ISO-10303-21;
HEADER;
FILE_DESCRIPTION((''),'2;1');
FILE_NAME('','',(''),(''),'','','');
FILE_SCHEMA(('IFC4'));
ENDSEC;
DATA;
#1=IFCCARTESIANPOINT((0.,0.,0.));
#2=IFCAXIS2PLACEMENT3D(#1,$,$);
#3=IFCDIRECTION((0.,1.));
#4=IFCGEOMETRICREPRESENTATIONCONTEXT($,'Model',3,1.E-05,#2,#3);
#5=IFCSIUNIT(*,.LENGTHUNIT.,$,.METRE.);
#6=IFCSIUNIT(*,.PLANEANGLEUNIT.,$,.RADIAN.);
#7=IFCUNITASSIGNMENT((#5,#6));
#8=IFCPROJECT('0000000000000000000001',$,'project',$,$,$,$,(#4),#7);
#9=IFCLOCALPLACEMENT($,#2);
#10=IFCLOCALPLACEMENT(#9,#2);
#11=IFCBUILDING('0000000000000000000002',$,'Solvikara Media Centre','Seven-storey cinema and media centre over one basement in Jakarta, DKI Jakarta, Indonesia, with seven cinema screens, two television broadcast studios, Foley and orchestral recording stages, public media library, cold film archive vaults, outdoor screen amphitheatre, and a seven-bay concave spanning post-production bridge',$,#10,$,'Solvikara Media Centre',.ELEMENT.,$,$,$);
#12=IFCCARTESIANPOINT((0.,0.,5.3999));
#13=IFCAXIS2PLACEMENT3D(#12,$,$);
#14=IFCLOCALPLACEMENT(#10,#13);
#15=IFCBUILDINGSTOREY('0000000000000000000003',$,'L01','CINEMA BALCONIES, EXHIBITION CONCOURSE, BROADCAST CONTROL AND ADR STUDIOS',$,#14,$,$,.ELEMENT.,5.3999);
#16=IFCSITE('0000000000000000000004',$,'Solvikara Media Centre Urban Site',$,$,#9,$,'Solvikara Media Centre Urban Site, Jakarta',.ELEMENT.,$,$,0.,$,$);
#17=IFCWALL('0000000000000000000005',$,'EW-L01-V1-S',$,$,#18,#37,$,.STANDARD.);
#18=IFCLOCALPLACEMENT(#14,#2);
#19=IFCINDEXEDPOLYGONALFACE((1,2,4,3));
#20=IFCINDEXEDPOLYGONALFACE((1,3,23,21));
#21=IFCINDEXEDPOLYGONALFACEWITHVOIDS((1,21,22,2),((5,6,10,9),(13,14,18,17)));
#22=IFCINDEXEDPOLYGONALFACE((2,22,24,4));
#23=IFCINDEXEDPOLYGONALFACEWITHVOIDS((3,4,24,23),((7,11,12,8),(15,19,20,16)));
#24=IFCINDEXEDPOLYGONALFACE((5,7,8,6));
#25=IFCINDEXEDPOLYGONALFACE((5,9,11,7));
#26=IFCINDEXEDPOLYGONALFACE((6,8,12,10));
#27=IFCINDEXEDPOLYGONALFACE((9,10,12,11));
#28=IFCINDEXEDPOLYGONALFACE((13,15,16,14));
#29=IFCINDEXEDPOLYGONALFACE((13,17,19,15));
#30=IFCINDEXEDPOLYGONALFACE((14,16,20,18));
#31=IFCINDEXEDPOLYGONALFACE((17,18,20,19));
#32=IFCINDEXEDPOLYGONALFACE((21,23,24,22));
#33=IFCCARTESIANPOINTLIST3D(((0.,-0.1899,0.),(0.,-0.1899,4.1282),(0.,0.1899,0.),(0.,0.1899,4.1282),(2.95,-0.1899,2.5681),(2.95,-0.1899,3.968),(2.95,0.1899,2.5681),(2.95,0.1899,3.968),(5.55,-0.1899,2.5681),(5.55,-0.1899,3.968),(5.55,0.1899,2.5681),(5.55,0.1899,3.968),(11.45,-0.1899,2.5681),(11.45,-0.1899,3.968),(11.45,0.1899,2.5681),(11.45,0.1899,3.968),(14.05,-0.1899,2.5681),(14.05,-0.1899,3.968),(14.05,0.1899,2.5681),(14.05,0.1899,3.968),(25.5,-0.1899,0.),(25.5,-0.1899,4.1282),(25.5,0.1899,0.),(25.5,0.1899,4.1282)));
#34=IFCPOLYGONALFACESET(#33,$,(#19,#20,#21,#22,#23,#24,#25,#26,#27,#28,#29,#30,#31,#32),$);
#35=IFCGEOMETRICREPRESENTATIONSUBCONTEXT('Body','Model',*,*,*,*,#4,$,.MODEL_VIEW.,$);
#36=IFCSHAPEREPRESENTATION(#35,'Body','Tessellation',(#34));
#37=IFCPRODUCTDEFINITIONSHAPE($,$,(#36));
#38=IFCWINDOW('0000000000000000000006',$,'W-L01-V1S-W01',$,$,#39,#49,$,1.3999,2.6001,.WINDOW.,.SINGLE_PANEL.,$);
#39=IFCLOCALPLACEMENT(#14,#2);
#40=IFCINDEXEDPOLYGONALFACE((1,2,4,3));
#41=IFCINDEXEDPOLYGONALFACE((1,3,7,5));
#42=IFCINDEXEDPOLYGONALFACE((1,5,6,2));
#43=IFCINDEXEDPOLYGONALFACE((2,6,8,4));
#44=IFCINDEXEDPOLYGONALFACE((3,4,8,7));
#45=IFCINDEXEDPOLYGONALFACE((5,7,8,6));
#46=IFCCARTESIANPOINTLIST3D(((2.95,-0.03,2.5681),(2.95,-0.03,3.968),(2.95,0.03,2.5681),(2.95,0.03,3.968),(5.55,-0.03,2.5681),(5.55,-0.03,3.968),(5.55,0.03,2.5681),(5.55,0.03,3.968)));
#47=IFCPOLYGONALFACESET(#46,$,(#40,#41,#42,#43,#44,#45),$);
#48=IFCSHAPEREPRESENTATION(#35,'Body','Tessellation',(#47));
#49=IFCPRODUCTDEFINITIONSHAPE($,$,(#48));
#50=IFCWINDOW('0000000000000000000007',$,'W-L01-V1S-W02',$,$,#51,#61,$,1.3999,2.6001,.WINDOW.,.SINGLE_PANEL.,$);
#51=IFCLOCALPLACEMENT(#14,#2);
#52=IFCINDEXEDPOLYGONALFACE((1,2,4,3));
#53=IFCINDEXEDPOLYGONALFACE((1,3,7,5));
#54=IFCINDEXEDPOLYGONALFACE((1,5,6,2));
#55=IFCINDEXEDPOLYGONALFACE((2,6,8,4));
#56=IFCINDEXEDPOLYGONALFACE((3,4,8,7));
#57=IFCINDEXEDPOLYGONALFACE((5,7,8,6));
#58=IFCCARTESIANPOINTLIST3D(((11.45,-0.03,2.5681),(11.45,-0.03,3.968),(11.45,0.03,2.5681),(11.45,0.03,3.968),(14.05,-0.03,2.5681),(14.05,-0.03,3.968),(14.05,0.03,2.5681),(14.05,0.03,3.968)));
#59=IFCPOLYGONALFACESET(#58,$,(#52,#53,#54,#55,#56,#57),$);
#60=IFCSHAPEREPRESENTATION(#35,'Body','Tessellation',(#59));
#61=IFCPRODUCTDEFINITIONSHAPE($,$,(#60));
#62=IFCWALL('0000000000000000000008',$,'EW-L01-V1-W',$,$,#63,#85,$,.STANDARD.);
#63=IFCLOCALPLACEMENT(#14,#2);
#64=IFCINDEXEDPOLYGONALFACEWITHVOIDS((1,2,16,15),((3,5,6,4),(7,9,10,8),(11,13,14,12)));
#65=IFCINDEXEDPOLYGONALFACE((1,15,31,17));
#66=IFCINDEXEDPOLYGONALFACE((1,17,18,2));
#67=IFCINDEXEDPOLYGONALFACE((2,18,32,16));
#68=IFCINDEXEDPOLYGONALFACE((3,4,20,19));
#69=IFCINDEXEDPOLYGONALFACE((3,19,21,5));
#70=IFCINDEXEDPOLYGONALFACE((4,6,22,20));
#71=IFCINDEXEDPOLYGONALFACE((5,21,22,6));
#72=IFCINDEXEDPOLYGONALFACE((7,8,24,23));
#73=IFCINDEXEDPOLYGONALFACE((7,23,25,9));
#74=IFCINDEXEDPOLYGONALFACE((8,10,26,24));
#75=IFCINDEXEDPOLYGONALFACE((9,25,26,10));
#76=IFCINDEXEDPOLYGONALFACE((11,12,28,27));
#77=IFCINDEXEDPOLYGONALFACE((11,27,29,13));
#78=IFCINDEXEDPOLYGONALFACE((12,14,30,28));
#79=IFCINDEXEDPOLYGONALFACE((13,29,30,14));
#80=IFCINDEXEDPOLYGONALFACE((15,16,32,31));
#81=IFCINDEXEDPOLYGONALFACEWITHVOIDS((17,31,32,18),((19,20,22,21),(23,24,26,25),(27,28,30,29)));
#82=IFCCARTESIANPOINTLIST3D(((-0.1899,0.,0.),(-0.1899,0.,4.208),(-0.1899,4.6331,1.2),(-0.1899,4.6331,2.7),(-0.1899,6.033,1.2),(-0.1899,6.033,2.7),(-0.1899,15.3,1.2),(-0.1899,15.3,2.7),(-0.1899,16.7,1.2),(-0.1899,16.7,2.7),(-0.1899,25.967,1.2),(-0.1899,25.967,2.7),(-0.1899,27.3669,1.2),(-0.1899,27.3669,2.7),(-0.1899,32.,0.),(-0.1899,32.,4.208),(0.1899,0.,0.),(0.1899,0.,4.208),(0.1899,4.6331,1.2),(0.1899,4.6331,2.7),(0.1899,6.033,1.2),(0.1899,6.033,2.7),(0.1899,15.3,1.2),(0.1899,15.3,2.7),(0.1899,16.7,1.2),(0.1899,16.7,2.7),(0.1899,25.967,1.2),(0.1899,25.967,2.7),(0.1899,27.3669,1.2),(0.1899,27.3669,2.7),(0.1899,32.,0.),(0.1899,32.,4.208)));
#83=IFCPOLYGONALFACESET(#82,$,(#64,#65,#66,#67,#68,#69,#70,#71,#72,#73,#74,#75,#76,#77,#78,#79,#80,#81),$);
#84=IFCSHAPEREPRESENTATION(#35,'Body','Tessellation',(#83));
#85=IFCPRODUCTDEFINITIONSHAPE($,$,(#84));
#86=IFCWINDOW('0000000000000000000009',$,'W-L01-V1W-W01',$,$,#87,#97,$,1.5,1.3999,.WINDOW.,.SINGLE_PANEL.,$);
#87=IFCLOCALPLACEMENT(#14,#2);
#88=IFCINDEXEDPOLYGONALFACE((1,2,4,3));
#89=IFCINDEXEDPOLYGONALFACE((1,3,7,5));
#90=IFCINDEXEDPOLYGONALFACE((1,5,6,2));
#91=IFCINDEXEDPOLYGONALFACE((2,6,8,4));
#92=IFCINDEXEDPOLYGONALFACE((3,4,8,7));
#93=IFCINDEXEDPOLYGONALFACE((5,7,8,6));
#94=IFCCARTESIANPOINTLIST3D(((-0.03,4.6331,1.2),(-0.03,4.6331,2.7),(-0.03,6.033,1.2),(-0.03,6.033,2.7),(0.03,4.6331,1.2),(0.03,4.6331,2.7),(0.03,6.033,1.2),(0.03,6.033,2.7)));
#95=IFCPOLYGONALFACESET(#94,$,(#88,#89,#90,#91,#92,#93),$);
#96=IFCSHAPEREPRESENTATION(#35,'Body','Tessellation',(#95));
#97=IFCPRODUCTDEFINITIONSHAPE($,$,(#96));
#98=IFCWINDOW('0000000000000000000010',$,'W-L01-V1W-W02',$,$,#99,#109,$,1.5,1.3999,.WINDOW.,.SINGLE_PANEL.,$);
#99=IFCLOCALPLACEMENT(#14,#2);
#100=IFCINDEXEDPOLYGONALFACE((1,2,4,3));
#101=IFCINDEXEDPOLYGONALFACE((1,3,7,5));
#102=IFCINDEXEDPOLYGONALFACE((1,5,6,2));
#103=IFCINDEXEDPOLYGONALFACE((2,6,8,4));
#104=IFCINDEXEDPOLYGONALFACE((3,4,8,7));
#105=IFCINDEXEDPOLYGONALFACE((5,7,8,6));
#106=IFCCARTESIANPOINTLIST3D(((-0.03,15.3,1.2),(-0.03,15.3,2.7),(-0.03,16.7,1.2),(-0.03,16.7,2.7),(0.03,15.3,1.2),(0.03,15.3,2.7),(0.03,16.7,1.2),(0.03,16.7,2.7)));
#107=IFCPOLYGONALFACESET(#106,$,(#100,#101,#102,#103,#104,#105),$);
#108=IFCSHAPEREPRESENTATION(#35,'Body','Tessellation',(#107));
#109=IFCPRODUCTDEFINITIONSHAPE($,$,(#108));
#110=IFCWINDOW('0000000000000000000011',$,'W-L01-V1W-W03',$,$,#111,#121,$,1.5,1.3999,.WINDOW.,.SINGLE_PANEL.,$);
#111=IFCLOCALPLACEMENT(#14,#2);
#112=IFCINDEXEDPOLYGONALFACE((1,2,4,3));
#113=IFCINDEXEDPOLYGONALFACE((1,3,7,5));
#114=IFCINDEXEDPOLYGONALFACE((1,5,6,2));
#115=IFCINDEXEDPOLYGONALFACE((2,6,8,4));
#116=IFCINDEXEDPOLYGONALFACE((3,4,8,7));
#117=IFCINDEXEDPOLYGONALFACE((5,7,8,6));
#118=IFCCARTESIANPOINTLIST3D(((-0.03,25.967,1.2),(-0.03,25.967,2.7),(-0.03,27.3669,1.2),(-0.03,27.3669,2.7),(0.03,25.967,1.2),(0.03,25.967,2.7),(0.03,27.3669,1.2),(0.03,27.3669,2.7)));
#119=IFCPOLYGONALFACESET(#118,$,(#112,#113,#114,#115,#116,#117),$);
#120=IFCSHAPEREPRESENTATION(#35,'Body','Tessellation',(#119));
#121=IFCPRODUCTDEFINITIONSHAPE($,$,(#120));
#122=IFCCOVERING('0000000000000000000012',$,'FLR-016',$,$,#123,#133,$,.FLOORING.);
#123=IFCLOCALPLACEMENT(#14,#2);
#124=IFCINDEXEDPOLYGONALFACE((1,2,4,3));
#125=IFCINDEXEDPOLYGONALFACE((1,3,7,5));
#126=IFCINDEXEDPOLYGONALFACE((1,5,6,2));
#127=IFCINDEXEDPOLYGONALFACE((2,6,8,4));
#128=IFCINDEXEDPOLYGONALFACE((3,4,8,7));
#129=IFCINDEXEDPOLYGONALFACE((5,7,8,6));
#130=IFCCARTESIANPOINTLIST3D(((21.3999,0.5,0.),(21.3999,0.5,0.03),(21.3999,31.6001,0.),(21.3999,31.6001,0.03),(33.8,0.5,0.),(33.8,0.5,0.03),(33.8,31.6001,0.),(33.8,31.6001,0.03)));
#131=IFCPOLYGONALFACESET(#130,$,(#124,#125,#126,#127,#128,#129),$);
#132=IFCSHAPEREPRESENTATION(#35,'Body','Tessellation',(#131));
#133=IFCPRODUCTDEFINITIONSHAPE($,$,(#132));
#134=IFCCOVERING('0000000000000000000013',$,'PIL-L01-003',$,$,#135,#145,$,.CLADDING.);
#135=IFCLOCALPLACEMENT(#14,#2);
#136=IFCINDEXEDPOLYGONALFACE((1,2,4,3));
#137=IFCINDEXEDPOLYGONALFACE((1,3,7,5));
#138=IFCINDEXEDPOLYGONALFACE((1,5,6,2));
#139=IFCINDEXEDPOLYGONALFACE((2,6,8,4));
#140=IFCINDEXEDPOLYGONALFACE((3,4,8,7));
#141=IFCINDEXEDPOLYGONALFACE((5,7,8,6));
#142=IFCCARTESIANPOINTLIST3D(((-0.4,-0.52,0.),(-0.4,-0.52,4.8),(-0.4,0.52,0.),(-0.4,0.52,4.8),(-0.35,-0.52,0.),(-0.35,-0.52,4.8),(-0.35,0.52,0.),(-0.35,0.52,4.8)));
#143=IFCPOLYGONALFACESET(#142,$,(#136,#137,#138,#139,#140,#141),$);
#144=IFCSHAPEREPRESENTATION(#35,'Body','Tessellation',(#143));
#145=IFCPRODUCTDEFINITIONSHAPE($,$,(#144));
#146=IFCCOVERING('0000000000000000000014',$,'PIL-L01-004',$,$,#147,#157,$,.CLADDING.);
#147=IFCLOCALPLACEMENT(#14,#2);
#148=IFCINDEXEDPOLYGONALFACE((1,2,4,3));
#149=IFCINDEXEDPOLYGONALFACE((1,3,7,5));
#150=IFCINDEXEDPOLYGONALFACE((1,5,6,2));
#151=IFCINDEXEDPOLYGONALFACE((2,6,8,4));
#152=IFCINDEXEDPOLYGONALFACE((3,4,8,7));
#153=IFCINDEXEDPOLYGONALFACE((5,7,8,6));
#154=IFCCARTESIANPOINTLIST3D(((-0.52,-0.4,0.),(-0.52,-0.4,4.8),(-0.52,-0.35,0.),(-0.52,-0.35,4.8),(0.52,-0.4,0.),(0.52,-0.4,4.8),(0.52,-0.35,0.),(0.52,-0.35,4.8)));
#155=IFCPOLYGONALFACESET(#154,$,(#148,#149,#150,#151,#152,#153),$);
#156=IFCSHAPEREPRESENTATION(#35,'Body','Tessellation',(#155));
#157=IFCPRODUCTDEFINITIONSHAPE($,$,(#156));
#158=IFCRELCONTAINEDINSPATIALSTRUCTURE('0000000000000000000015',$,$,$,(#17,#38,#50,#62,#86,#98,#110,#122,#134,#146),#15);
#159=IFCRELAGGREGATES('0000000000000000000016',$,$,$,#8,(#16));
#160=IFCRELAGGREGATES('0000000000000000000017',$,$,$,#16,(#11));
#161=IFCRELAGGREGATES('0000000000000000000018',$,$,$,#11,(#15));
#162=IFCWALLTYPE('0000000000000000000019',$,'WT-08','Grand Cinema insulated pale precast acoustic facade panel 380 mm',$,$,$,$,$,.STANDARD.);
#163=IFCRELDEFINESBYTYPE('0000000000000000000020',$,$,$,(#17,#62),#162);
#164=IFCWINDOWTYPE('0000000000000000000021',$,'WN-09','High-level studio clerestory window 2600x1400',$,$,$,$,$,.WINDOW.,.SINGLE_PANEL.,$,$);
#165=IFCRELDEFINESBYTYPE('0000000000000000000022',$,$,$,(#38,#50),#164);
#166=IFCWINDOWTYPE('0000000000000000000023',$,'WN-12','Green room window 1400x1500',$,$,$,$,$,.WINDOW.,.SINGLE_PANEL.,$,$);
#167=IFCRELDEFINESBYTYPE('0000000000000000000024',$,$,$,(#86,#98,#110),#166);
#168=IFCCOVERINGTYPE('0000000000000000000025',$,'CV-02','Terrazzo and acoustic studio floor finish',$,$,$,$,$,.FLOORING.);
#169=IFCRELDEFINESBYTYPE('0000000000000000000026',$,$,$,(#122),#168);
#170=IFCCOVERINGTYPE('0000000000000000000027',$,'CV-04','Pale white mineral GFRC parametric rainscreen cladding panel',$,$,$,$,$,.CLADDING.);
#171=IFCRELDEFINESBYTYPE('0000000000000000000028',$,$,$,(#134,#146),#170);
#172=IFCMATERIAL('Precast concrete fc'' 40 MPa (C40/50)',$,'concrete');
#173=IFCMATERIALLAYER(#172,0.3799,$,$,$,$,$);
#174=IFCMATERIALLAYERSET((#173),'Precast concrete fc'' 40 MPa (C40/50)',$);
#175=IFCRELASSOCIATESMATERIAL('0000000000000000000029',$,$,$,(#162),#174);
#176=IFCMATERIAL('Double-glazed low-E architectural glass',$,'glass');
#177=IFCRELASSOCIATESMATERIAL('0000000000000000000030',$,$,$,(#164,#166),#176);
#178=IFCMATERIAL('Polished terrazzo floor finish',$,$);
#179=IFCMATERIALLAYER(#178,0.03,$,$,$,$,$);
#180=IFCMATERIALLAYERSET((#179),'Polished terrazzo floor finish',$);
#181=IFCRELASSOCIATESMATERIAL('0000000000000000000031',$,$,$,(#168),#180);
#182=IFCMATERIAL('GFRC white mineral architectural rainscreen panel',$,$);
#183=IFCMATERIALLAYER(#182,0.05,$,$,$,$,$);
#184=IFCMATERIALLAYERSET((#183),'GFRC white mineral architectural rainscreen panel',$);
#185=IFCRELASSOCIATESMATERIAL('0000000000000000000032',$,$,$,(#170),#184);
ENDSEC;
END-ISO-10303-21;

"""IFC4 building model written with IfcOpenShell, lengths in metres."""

from ifc_helpers import new_model, si_unit, direction, frame, frame_2d, origin, origin_with_axes, origin_2d, place, context, subcontext, project, spatial, polyline, rectangle, outline, extrude, material, layer, layer_set, type_object, element, fill, save


model = new_model("IFC4")

# Units and contexts
model_context = context("Model", 3, precision=1e-05, world=origin(), true_north=direction((0.0, 1.0)))
body_context = subcontext(model_context, "Body", "Model", "MODEL_VIEW")
ifc_project = project(units=[si_unit("LENGTHUNIT", "METRE"), si_unit("PLANEANGLEUNIT", "RADIAN")], contexts=[model_context])

# Site, building, storey
site_placement = place(None, origin())
site = spatial("IfcSite", under=ifc_project, at=site_placement, Name="Solvikara Media Centre Urban Site", LongName="Solvikara Media Centre Urban Site, Jakarta", CompositionType="ELEMENT", RefElevation=0.0)
building_placement = place(site_placement, origin())
building = spatial("IfcBuilding", under=site, at=building_placement, Name="Solvikara Media Centre", Description="Seven-storey cinema and media centre over one basement in Jakarta, DKI Jakarta, Indonesia, with seven cinema screens, two television broadcast studios, Foley and orchestral recording stages, public media library, cold film archive vaults, outdoor screen amphitheatre, and a seven-bay concave spanning post-production bridge", LongName="Solvikara Media Centre", CompositionType="ELEMENT")
storey_placement = place(building_placement, frame((0.0, 0.0, 5.3999)))
storey = spatial("IfcBuildingStorey", under=building, at=storey_placement, Name="L01", Description="CINEMA BALCONIES, EXHIBITION CONCOURSE, BROADCAST CONTROL AND ADR STUDIOS", CompositionType="ELEMENT", Elevation=5.3999)

# Walls, openings, windows
ifc_material_1 = material(Name="Precast concrete fc' 40 MPa (C40/50)", Category="concrete")
ifc_layer_1 = layer(ifc_material_1, 0.3799)
ifc_layer_set_1 = layer_set([ifc_layer_1], Name="Precast concrete fc' 40 MPa (C40/50)")
wall_type = type_object("IfcWallType", Name="WT-08", Description="Grand Cinema insulated pale precast acoustic facade panel 380 mm", PredefinedType="STANDARD", material=ifc_layer_set_1)
wall_1_placement = place(storey_placement, origin_with_axes())
wall_1 = element("IfcWall", 1, at=wall_1_placement, inside=storey, type_object=wall_type, Name="EW-L01-V1-S", PredefinedType="STANDARD", context=body_context, shape_type="SweptSolid", body=[
    extrude(rectangle(XDim=25.5, YDim=0.3799, at=frame_2d((12.75, 0.0))), origin(), (0.0, 0.0, 1.0), 4.1282),
])
opening_1_placement = place(wall_1_placement, frame((2.95, 0.0, 2.5681)))
opening_1 = element("IfcOpeningElement", 2, at=opening_1_placement, cuts=wall_1, PredefinedType="OPENING", context=body_context, shape_type="SweptSolid", body=[
    extrude(rectangle(XDim=2.6001, YDim=1.3999, at=frame_2d((1.3, 0.7))), frame((0.0, 0.2019, 0.0), z_axis=(0.0, -1.0, 0.0), x_axis=(1.0, 0.0, 0.0)), (0.0, 0.0, 1.0), 0.4038),
])
opening_2_placement = place(wall_1_placement, frame((11.45, 0.0, 2.5681)))
opening_2 = element("IfcOpeningElement", 3, at=opening_2_placement, cuts=wall_1, PredefinedType="OPENING", context=body_context, shape_type="SweptSolid", body=[
    extrude(rectangle(XDim=2.6001, YDim=1.3999, at=frame_2d((1.3, 0.7))), frame((0.0, 0.2019, 0.0), z_axis=(0.0, -1.0, 0.0), x_axis=(1.0, 0.0, 0.0)), (0.0, 0.0, 1.0), 0.4038),
])
ifc_material_2 = material(Name="Double-glazed low-E architectural glass", Category="glass")
window_type_1 = type_object("IfcWindowType", Name="WN-09", Description="High-level studio clerestory window 2600x1400", PartitioningType="SINGLE_PANEL", PredefinedType="WINDOW", material=ifc_material_2)
window_1_placement = place(opening_1_placement, origin())
window_1 = element("IfcWindow", 4, at=window_1_placement, inside=storey, type_object=window_type_1, Name="W-L01-V1S-W01", OverallHeight=1.3999, OverallWidth=2.6001, PartitioningType="SINGLE_PANEL", PredefinedType="WINDOW", context=body_context, shape_type="SweptSolid", body=[
    extrude(rectangle(XDim=2.6001, YDim=1.3999, at=frame_2d((1.3, 0.7))), frame((0.0, 0.03, 0.0), z_axis=(0.0, -1.0, 0.0), x_axis=(1.0, 0.0, 0.0)), (0.0, 0.0, 1.0), 0.0601),
])
fill(opening_1, window_1)
window_2_placement = place(opening_2_placement, origin())
window_2 = element("IfcWindow", 5, at=window_2_placement, inside=storey, type_object=window_type_1, Name="W-L01-V1S-W02", OverallHeight=1.3999, OverallWidth=2.6001, PartitioningType="SINGLE_PANEL", PredefinedType="WINDOW", context=body_context, shape_type="SweptSolid", body=[
    extrude(rectangle(XDim=2.6001, YDim=1.3999, at=frame_2d((1.3, 0.7))), frame((0.0, 0.03, 0.0), z_axis=(0.0, -1.0, 0.0), x_axis=(1.0, 0.0, 0.0)), (0.0, 0.0, 1.0), 0.0601),
])
fill(opening_2, window_2)
wall_2_placement = place(storey_placement, frame((0.0, 0.0, 0.0), z_axis=(0.0, 0.0, 1.0), x_axis=(0.0, 1.0, 0.0)))
wall_2 = element("IfcWall", 6, at=wall_2_placement, inside=storey, type_object=wall_type, Name="EW-L01-V1-W", PredefinedType="STANDARD", context=body_context, shape_type="SweptSolid", body=[
    extrude(rectangle(XDim=32.0, YDim=0.3799, at=frame_2d((16.0, 0.0))), origin(), (0.0, 0.0, 1.0), 4.208),
])
opening_3_placement = place(wall_2_placement, frame((4.6331, 0.0, 1.2)))
opening_3 = element("IfcOpeningElement", 7, at=opening_3_placement, cuts=wall_2, PredefinedType="OPENING", context=body_context, shape_type="SweptSolid", body=[
    extrude(rectangle(XDim=1.3999, YDim=1.5, at=frame_2d((0.7, 0.75))), frame((0.0, 0.2019, 0.0), z_axis=(0.0, -1.0, 0.0), x_axis=(1.0, 0.0, 0.0)), (0.0, 0.0, 1.0), 0.4038),
])
opening_4_placement = place(wall_2_placement, frame((15.3, 0.0, 1.2)))
opening_4 = element("IfcOpeningElement", 8, at=opening_4_placement, cuts=wall_2, PredefinedType="OPENING", context=body_context, shape_type="SweptSolid", body=[
    extrude(rectangle(XDim=1.3999, YDim=1.5, at=frame_2d((0.7, 0.75))), frame((0.0, 0.2019, 0.0), z_axis=(0.0, -1.0, 0.0), x_axis=(1.0, 0.0, 0.0)), (0.0, 0.0, 1.0), 0.4038),
])
opening_5_placement = place(wall_2_placement, frame((25.967, 0.0, 1.2)))
opening_5 = element("IfcOpeningElement", 9, at=opening_5_placement, cuts=wall_2, PredefinedType="OPENING", context=body_context, shape_type="SweptSolid", body=[
    extrude(rectangle(XDim=1.3999, YDim=1.5, at=frame_2d((0.7, 0.75))), frame((0.0, 0.2019, 0.0), z_axis=(0.0, -1.0, 0.0), x_axis=(1.0, 0.0, 0.0)), (0.0, 0.0, 1.0), 0.4038),
])
window_type_2 = type_object("IfcWindowType", Name="WN-12", Description="Green room window 1400x1500", PartitioningType="SINGLE_PANEL", PredefinedType="WINDOW", material=ifc_material_2)
window_3_placement = place(opening_3_placement, origin())
window_3 = element("IfcWindow", 10, at=window_3_placement, inside=storey, type_object=window_type_2, Name="W-L01-V1W-W01", OverallHeight=1.5, OverallWidth=1.3999, PartitioningType="SINGLE_PANEL", PredefinedType="WINDOW", context=body_context, shape_type="SweptSolid", body=[
    extrude(rectangle(XDim=1.3999, YDim=1.5, at=frame_2d((0.7, 0.75))), frame((0.0, 0.03, 0.0), z_axis=(0.0, -1.0, 0.0), x_axis=(1.0, 0.0, 0.0)), (0.0, 0.0, 1.0), 0.0601),
])
fill(opening_3, window_3)
window_4_placement = place(opening_4_placement, origin())
window_4 = element("IfcWindow", 11, at=window_4_placement, inside=storey, type_object=window_type_2, Name="W-L01-V1W-W02", OverallHeight=1.5, OverallWidth=1.3999, PartitioningType="SINGLE_PANEL", PredefinedType="WINDOW", context=body_context, shape_type="SweptSolid", body=[
    extrude(rectangle(XDim=1.3999, YDim=1.5, at=frame_2d((0.7, 0.75))), frame((0.0, 0.03, 0.0), z_axis=(0.0, -1.0, 0.0), x_axis=(1.0, 0.0, 0.0)), (0.0, 0.0, 1.0), 0.0601),
])
fill(opening_4, window_4)
window_5_placement = place(opening_5_placement, origin())
window_5 = element("IfcWindow", 12, at=window_5_placement, inside=storey, type_object=window_type_2, Name="W-L01-V1W-W03", OverallHeight=1.5, OverallWidth=1.3999, PartitioningType="SINGLE_PANEL", PredefinedType="WINDOW", context=body_context, shape_type="SweptSolid", body=[
    extrude(rectangle(XDim=1.3999, YDim=1.5, at=frame_2d((0.7, 0.75))), frame((0.0, 0.03, 0.0), z_axis=(0.0, -1.0, 0.0), x_axis=(1.0, 0.0, 0.0)), (0.0, 0.0, 1.0), 0.0601),
])
fill(opening_5, window_5)

# Coverings
ifc_material_3 = material(Name="Polished terrazzo floor finish")
ifc_layer_2 = layer(ifc_material_3, 0.03)
ifc_layer_set_2 = layer_set([ifc_layer_2], Name="Polished terrazzo floor finish")
covering_type_1 = type_object("IfcCoveringType", Name="CV-02", Description="Terrazzo and acoustic studio floor finish", PredefinedType="FLOORING", material=ifc_layer_set_2)
covering_placement = place(storey_placement, origin())
element("IfcCovering", 13, at=covering_placement, inside=storey, type_object=covering_type_1, Name="FLR-016", PredefinedType="FLOORING", context=body_context, shape_type="SweptSolid", body=[
    extrude(outline(polyline([(21.3999, 0.5), (33.8, 0.5), (33.8, 31.6001), (21.3999, 31.6001), (21.3999, 0.5)])), origin(), (0.0, 0.0, 1.0), 0.03),
])
ifc_material_4 = material(Name="GFRC white mineral architectural rainscreen panel")
ifc_layer_3 = layer(ifc_material_4, 0.05)
ifc_layer_set_3 = layer_set([ifc_layer_3], Name="GFRC white mineral architectural rainscreen panel")
covering_type_2 = type_object("IfcCoveringType", Name="CV-04", Description="Pale white mineral GFRC parametric rainscreen cladding panel", PredefinedType="CLADDING", material=ifc_layer_set_3)
for number, where, z_axis, x_axis, name in (
    (14, (-0.375, 0.0, 0.0), (0.0, 0.0, 1.0), (0.0, -1.0, 0.0), "PIL-L01-003"),
    (15, (0.0, -0.375, 0.0), (0.0, 0.0, 1.0), (1.0, 0.0, 0.0), "PIL-L01-004"),
):
    element("IfcCovering", number, at=place(storey_placement, frame(where, z_axis=z_axis, x_axis=x_axis)), inside=storey, type_object=covering_type_2, Name=name, PredefinedType="CLADDING", context=body_context, shape_type="SweptSolid", body=[
        extrude(rectangle(XDim=1.04, YDim=0.05, at=origin_2d()), origin(), (0.0, 0.0, 1.0), 4.8),
    ])

save(model, "model.ifc")
